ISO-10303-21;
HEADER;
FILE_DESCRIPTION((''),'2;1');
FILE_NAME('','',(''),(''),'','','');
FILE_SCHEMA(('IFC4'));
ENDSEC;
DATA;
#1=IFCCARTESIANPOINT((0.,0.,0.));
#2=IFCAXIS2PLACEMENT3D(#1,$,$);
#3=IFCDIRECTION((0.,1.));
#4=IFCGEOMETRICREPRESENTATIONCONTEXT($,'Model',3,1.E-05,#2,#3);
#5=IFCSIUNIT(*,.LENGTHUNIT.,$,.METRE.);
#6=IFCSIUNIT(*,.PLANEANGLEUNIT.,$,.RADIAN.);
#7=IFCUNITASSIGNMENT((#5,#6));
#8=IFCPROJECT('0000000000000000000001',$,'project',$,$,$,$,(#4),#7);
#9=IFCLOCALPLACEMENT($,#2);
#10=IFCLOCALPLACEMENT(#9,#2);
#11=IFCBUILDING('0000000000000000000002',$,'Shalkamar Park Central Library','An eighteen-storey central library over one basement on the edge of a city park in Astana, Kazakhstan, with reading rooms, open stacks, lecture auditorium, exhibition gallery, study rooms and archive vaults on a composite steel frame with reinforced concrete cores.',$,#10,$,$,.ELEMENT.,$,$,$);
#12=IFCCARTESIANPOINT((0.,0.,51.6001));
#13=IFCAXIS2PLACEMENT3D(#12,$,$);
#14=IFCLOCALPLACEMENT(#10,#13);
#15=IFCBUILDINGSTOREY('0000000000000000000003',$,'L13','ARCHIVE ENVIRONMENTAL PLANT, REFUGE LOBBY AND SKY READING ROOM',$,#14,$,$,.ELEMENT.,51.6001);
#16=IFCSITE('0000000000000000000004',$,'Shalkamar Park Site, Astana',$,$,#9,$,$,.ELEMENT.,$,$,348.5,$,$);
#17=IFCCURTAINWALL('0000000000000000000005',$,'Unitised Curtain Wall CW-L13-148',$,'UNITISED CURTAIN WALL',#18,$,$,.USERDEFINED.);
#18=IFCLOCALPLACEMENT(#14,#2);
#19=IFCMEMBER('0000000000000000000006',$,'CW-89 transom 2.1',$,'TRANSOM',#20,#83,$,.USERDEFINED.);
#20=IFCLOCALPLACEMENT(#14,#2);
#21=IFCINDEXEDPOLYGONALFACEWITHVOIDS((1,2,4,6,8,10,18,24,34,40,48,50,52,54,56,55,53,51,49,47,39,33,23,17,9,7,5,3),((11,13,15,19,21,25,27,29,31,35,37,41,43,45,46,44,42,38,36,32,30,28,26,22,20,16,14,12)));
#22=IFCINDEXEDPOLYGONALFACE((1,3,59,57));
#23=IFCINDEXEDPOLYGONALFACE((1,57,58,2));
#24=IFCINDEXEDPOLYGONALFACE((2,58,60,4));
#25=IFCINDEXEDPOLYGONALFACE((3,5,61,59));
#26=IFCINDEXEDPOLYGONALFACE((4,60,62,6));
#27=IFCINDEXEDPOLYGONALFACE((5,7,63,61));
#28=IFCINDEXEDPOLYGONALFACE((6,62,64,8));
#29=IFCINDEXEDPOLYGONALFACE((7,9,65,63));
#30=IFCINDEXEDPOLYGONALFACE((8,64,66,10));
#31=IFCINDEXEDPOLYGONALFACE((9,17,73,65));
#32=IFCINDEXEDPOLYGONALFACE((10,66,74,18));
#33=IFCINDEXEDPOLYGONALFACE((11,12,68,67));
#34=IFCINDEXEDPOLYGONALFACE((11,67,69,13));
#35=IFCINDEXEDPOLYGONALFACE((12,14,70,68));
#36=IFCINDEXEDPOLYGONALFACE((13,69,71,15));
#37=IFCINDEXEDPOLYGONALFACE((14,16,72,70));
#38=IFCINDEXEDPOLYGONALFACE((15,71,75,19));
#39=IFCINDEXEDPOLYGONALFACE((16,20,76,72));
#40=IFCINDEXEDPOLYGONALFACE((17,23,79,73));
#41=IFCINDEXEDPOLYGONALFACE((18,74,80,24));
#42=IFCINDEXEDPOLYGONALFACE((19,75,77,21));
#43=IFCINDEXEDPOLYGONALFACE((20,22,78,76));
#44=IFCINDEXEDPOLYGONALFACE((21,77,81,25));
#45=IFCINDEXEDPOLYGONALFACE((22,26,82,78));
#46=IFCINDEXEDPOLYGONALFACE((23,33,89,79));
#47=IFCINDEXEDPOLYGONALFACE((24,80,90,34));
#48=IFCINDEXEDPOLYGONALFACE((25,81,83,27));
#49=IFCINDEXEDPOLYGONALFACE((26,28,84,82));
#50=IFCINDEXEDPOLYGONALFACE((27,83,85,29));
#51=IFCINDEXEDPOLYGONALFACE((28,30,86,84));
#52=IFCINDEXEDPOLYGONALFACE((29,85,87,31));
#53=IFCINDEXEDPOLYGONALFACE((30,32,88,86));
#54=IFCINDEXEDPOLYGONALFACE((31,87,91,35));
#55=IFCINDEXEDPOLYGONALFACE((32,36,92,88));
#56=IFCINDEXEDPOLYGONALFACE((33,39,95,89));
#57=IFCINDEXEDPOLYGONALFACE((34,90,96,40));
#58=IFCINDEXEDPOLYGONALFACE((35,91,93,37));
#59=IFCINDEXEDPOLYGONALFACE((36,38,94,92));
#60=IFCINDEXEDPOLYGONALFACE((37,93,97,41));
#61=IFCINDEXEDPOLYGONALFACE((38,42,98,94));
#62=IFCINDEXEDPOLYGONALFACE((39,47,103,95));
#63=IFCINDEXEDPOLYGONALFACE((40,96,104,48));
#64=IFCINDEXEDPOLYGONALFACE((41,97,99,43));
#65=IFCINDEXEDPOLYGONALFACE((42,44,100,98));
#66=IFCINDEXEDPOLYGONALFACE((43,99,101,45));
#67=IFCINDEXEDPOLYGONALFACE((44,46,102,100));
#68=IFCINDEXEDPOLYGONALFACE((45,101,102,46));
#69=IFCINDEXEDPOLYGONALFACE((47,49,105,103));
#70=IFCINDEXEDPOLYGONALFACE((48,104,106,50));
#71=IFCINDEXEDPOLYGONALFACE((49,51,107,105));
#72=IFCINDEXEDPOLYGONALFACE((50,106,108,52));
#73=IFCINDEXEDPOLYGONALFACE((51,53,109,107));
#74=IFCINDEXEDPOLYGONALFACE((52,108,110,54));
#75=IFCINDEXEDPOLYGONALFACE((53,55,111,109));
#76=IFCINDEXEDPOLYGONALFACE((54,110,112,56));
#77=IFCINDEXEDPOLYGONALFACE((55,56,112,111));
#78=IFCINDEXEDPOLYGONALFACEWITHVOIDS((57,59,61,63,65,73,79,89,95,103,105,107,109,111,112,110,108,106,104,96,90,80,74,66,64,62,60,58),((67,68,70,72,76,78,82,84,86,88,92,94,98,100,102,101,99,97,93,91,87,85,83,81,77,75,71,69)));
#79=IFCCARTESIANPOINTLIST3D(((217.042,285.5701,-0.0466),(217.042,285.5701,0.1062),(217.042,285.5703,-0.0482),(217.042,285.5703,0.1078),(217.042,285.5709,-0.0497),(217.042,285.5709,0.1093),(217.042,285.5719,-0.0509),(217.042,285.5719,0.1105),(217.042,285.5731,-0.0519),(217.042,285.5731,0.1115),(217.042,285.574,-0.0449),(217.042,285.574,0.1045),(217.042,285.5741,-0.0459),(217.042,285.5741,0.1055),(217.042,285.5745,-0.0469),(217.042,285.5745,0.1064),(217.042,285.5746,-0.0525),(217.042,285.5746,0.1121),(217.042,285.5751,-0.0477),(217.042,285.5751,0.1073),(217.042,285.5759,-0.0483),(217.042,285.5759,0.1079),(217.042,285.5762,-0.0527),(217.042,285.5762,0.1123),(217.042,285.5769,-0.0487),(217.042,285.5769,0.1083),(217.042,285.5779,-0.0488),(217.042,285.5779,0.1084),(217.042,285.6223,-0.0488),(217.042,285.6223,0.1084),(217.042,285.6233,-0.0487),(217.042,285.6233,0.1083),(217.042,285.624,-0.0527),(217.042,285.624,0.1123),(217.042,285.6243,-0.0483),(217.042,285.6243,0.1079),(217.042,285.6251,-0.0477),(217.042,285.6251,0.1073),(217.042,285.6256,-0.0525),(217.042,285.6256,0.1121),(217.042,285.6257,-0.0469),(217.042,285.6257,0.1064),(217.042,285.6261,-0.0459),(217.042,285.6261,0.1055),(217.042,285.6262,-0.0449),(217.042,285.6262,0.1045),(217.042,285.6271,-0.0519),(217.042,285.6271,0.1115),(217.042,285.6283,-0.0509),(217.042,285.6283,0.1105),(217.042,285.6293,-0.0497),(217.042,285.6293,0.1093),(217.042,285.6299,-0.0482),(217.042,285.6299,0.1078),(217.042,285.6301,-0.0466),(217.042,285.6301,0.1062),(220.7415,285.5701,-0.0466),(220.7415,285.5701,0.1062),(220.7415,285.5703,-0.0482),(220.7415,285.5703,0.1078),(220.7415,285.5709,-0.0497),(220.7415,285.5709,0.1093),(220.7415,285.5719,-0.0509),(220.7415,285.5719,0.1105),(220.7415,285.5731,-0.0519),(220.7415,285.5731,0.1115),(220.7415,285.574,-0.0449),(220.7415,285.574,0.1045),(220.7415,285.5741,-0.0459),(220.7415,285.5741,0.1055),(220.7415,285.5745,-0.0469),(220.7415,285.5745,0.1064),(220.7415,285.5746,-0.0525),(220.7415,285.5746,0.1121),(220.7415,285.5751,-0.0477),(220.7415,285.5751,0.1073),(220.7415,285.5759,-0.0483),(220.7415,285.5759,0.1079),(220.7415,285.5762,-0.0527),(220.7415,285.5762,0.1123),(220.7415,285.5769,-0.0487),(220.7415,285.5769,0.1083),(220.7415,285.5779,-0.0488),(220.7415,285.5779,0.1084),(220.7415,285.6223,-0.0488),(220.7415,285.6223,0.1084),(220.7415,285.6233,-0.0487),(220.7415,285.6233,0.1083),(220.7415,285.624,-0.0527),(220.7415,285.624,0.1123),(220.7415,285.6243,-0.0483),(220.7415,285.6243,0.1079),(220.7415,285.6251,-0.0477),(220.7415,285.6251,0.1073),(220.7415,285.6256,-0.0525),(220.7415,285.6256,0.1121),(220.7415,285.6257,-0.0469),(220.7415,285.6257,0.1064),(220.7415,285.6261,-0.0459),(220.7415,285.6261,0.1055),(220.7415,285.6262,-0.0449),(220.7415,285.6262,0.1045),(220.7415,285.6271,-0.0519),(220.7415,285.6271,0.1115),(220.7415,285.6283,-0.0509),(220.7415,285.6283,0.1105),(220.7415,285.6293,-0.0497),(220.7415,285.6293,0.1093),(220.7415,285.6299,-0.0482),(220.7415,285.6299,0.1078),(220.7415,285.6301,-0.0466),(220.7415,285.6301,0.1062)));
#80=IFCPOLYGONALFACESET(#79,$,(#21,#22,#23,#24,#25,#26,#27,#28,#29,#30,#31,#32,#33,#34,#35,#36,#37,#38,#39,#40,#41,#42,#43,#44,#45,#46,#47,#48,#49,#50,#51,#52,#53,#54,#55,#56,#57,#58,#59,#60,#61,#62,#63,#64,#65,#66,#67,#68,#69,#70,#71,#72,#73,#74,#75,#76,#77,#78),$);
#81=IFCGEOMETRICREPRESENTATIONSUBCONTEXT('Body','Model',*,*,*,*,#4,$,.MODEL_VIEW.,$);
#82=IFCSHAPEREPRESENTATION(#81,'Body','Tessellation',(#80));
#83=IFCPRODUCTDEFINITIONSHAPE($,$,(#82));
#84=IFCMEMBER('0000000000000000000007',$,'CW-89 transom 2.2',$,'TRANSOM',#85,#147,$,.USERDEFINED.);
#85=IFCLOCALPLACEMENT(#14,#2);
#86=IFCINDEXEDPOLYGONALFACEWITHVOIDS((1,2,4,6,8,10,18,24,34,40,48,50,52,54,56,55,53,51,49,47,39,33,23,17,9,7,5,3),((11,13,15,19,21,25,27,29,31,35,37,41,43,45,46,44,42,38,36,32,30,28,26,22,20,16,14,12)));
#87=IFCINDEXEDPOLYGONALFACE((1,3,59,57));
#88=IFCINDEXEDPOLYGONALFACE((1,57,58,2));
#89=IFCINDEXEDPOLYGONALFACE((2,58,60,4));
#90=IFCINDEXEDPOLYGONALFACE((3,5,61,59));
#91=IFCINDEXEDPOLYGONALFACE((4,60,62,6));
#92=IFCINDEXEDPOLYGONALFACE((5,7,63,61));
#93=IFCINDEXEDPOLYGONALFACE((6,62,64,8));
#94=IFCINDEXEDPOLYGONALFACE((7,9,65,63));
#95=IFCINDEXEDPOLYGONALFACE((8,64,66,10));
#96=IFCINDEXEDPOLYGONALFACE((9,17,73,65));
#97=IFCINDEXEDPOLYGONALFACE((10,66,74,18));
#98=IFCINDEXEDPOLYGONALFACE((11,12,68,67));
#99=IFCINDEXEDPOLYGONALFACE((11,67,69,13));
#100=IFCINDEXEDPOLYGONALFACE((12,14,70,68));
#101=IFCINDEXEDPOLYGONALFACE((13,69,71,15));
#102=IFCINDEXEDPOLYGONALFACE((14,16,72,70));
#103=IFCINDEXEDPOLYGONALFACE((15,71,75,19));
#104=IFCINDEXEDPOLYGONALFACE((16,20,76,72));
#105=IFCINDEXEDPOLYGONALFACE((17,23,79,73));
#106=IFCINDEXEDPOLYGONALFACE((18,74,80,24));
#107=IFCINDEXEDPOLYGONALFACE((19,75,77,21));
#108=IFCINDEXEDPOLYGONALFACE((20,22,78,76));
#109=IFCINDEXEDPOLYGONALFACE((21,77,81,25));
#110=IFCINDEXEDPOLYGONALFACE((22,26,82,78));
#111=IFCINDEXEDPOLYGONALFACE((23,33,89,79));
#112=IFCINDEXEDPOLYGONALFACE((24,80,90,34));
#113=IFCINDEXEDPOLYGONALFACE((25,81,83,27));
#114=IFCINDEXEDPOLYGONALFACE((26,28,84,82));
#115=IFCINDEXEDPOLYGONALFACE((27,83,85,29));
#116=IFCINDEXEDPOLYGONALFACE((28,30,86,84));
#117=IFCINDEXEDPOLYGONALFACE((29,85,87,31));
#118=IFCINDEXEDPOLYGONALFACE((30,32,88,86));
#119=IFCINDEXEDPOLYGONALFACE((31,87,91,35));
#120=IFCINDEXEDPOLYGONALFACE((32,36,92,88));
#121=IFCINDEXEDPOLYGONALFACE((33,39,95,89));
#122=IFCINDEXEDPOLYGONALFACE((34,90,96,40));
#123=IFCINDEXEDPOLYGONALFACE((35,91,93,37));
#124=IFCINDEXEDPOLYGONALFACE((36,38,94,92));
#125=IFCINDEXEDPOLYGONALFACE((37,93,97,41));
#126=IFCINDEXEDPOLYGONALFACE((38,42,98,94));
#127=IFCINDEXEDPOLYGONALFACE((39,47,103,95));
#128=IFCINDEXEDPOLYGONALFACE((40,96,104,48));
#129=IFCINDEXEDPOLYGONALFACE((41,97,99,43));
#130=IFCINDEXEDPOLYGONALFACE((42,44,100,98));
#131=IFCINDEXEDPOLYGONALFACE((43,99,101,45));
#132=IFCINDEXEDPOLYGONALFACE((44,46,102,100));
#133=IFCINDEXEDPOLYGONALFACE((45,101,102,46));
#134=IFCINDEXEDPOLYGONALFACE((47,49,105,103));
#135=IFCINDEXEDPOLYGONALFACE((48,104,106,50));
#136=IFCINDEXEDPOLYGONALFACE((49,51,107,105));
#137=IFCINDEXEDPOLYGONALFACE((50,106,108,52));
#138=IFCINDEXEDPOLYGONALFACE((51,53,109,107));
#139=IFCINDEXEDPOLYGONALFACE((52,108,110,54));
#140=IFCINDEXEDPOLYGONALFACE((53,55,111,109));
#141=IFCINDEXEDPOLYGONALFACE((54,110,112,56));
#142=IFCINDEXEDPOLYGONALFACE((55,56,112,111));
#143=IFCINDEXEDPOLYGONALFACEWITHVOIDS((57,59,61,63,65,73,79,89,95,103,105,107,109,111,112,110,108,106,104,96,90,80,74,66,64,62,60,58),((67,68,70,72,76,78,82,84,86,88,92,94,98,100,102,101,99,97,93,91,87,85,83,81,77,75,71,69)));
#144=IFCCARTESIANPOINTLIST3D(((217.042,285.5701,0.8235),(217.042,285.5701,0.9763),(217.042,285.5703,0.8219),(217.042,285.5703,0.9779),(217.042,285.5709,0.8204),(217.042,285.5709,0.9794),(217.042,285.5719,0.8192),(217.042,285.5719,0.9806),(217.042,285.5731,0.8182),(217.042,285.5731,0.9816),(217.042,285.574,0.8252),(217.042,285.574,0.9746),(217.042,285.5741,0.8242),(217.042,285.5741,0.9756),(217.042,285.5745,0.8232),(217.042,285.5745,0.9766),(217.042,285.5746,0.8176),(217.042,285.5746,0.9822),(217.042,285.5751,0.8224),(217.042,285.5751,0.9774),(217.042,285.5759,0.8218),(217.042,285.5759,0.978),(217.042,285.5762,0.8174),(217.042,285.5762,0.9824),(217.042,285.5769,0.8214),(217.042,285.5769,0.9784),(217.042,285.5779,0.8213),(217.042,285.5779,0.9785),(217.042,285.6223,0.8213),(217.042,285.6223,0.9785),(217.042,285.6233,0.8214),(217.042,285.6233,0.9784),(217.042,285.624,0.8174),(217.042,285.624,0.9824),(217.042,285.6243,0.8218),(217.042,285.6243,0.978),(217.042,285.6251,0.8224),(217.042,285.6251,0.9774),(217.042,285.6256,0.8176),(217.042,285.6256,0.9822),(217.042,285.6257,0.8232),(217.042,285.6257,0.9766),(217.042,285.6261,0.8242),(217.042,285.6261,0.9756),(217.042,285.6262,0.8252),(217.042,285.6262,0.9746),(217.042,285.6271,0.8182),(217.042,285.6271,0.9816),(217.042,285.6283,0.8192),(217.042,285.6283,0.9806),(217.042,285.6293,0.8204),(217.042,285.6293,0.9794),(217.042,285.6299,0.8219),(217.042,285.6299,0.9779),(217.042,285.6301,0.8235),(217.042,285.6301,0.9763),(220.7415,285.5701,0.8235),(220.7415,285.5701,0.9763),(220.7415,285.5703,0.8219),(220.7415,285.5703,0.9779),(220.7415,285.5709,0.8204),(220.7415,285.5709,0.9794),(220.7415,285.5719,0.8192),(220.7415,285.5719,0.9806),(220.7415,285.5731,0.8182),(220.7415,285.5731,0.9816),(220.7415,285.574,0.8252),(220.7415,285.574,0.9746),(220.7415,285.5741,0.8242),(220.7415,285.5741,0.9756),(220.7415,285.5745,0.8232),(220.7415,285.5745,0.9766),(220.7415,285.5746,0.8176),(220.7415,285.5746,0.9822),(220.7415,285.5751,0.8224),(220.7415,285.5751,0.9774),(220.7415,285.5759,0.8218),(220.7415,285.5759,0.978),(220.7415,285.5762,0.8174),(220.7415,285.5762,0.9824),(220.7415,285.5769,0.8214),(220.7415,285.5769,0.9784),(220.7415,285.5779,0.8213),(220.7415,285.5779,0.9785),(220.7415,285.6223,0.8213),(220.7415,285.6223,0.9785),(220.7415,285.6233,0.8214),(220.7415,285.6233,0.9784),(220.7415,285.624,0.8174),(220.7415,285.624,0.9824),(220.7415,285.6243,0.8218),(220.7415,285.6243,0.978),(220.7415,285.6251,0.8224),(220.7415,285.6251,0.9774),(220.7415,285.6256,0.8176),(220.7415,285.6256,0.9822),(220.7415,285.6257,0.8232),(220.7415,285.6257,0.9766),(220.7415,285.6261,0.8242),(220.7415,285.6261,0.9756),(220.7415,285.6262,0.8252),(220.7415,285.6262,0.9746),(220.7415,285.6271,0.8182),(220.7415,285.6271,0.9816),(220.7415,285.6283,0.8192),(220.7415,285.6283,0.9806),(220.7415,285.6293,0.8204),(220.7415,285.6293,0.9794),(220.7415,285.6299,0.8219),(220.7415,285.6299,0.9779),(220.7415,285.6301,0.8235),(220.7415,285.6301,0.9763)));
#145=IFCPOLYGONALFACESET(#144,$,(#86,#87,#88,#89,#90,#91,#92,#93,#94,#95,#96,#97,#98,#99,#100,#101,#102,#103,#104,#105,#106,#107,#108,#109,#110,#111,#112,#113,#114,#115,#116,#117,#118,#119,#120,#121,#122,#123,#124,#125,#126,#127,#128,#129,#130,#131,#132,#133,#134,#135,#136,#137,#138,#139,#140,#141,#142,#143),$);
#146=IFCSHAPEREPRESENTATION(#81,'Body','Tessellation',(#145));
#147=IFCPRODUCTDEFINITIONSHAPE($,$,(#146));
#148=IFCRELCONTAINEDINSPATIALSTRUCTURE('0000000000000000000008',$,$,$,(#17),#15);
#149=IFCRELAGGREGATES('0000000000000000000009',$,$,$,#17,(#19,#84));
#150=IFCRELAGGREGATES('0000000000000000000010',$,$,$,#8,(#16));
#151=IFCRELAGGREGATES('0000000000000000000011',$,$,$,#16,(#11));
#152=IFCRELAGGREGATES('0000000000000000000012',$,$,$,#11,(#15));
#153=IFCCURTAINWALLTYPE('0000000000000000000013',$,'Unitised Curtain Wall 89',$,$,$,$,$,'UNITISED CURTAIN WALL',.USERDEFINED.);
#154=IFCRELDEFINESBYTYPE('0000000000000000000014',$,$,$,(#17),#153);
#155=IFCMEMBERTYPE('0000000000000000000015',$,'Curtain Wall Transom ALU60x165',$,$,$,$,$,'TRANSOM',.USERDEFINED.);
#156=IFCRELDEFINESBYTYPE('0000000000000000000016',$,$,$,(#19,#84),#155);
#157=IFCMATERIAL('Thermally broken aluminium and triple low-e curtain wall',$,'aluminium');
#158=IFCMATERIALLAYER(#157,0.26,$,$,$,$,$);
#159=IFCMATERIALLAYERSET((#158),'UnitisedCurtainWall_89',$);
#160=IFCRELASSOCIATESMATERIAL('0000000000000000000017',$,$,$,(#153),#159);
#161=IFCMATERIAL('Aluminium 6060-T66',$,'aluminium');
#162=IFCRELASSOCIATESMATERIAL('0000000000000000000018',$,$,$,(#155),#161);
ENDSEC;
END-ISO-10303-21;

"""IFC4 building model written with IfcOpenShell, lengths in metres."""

from ifc_helpers import new_model, si_unit, direction, frame, origin, origin_2d, place, context, subcontext, project, spatial, hollow_rectangle, extrude, material, layer, layer_set, material_profile, profile_set, type_object, element, aggregate, save


model = new_model("IFC4")

# Units and contexts
model_context = context("Model", 3, precision=1e-05, world=origin(), true_north=direction((0.0, 1.0)))
body_context = subcontext(model_context, "Body", "Model", "MODEL_VIEW")
ifc_project = project(units=[si_unit("LENGTHUNIT", "METRE"), si_unit("PLANEANGLEUNIT", "RADIAN")], contexts=[model_context])

# Site, building, storey
site_placement = place(None, origin())
site = spatial("IfcSite", under=ifc_project, at=site_placement, Name="Shalkamar Park Site, Astana", CompositionType="ELEMENT", RefElevation=348.5)
building_placement = place(site_placement, origin())
building = spatial("IfcBuilding", under=site, at=building_placement, Name="Shalkamar Park Central Library", Description="An eighteen-storey central library over one basement on the edge of a city park in Astana, Kazakhstan, with reading rooms, open stacks, lecture auditorium, exhibition gallery, study rooms and archive vaults on a composite steel frame with reinforced concrete cores.", CompositionType="ELEMENT")
storey_placement = place(building_placement, frame((0.0, 0.0, 51.6001)))
storey = spatial("IfcBuildingStorey", under=building, at=storey_placement, Name="L13", Description="ARCHIVE ENVIRONMENTAL PLANT, REFUGE LOBBY AND SKY READING ROOM", CompositionType="ELEMENT", Elevation=51.6001)

# Shared definitions
ifc_material_1 = material(Name="Thermally broken aluminium and triple low-e curtain wall", Category="aluminium")
ifc_material_2 = material(Name="Aluminium 6060-T66", Category="aluminium")

# Curtain wall
ifc_layer_1 = layer(ifc_material_1, 0.26)
ifc_layer_set_1 = layer_set([ifc_layer_1], Name="UnitisedCurtainWall_89")
curtain_wall_type_1 = type_object("IfcCurtainWallType", Name="Unitised Curtain Wall 89", ElementType="UNITISED CURTAIN WALL", PredefinedType="USERDEFINED", material=ifc_layer_set_1)
curtain_wall_1_placement = place(storey_placement, origin())
curtain_wall_1 = element("IfcCurtainWall", 1, at=curtain_wall_1_placement, inside=storey, type_object=curtain_wall_type_1, Name="Unitised Curtain Wall CW-L13-148", ObjectType="UNITISED CURTAIN WALL", PredefinedType="USERDEFINED")

# Members
ifc_material_profile_1 = material_profile(ifc_material_2, hollow_rectangle(XDim=0.0601, YDim=0.165, WallThickness=0.0039, InnerFilletRadius=0.0039, OuterFilletRadius=0.0061, at=origin_2d()), Name="ALU 60x165x4")
ifc_profile_set_1 = profile_set([ifc_material_profile_1], Name="Aluminium 6060-T66")
member_type_1 = type_object("IfcMemberType", Name="Curtain Wall Transom ALU60x165", ElementType="TRANSOM", PredefinedType="USERDEFINED", material=ifc_profile_set_1)
member_1_placement = place(storey_placement, frame((217.042, 285.6001, 0.0298), z_axis=(1.0, 0.0, 0.0), x_axis=(0.0, 1.0, 0.0)))
member_1 = element("IfcMember", 2, at=member_1_placement, type_object=member_type_1, Name="CW-89 transom 2.1", ObjectType="TRANSOM", PredefinedType="USERDEFINED", context=body_context, shape_type="SweptSolid", body=[
    extrude(hollow_rectangle(XDim=0.0601, YDim=0.165, WallThickness=0.0039, InnerFilletRadius=0.0039, OuterFilletRadius=0.0061, at=origin_2d()), origin(), (0.0, 0.0, 1.0), 3.6995),
])
member_2_placement = place(storey_placement, frame((217.042, 285.6001, 0.8999), z_axis=(1.0, 0.0, 0.0), x_axis=(0.0, 1.0, 0.0)))
member_2 = element("IfcMember", 3, at=member_2_placement, type_object=member_type_1, Name="CW-89 transom 2.2", ObjectType="TRANSOM", PredefinedType="USERDEFINED", context=body_context, shape_type="SweptSolid", body=[
    extrude(hollow_rectangle(XDim=0.0601, YDim=0.165, WallThickness=0.0039, InnerFilletRadius=0.0039, OuterFilletRadius=0.0061, at=origin_2d()), origin(), (0.0, 0.0, 1.0), 3.6995),
])

aggregate(curtain_wall_1, [member_1, member_2])

save(model, "model.ifc")
